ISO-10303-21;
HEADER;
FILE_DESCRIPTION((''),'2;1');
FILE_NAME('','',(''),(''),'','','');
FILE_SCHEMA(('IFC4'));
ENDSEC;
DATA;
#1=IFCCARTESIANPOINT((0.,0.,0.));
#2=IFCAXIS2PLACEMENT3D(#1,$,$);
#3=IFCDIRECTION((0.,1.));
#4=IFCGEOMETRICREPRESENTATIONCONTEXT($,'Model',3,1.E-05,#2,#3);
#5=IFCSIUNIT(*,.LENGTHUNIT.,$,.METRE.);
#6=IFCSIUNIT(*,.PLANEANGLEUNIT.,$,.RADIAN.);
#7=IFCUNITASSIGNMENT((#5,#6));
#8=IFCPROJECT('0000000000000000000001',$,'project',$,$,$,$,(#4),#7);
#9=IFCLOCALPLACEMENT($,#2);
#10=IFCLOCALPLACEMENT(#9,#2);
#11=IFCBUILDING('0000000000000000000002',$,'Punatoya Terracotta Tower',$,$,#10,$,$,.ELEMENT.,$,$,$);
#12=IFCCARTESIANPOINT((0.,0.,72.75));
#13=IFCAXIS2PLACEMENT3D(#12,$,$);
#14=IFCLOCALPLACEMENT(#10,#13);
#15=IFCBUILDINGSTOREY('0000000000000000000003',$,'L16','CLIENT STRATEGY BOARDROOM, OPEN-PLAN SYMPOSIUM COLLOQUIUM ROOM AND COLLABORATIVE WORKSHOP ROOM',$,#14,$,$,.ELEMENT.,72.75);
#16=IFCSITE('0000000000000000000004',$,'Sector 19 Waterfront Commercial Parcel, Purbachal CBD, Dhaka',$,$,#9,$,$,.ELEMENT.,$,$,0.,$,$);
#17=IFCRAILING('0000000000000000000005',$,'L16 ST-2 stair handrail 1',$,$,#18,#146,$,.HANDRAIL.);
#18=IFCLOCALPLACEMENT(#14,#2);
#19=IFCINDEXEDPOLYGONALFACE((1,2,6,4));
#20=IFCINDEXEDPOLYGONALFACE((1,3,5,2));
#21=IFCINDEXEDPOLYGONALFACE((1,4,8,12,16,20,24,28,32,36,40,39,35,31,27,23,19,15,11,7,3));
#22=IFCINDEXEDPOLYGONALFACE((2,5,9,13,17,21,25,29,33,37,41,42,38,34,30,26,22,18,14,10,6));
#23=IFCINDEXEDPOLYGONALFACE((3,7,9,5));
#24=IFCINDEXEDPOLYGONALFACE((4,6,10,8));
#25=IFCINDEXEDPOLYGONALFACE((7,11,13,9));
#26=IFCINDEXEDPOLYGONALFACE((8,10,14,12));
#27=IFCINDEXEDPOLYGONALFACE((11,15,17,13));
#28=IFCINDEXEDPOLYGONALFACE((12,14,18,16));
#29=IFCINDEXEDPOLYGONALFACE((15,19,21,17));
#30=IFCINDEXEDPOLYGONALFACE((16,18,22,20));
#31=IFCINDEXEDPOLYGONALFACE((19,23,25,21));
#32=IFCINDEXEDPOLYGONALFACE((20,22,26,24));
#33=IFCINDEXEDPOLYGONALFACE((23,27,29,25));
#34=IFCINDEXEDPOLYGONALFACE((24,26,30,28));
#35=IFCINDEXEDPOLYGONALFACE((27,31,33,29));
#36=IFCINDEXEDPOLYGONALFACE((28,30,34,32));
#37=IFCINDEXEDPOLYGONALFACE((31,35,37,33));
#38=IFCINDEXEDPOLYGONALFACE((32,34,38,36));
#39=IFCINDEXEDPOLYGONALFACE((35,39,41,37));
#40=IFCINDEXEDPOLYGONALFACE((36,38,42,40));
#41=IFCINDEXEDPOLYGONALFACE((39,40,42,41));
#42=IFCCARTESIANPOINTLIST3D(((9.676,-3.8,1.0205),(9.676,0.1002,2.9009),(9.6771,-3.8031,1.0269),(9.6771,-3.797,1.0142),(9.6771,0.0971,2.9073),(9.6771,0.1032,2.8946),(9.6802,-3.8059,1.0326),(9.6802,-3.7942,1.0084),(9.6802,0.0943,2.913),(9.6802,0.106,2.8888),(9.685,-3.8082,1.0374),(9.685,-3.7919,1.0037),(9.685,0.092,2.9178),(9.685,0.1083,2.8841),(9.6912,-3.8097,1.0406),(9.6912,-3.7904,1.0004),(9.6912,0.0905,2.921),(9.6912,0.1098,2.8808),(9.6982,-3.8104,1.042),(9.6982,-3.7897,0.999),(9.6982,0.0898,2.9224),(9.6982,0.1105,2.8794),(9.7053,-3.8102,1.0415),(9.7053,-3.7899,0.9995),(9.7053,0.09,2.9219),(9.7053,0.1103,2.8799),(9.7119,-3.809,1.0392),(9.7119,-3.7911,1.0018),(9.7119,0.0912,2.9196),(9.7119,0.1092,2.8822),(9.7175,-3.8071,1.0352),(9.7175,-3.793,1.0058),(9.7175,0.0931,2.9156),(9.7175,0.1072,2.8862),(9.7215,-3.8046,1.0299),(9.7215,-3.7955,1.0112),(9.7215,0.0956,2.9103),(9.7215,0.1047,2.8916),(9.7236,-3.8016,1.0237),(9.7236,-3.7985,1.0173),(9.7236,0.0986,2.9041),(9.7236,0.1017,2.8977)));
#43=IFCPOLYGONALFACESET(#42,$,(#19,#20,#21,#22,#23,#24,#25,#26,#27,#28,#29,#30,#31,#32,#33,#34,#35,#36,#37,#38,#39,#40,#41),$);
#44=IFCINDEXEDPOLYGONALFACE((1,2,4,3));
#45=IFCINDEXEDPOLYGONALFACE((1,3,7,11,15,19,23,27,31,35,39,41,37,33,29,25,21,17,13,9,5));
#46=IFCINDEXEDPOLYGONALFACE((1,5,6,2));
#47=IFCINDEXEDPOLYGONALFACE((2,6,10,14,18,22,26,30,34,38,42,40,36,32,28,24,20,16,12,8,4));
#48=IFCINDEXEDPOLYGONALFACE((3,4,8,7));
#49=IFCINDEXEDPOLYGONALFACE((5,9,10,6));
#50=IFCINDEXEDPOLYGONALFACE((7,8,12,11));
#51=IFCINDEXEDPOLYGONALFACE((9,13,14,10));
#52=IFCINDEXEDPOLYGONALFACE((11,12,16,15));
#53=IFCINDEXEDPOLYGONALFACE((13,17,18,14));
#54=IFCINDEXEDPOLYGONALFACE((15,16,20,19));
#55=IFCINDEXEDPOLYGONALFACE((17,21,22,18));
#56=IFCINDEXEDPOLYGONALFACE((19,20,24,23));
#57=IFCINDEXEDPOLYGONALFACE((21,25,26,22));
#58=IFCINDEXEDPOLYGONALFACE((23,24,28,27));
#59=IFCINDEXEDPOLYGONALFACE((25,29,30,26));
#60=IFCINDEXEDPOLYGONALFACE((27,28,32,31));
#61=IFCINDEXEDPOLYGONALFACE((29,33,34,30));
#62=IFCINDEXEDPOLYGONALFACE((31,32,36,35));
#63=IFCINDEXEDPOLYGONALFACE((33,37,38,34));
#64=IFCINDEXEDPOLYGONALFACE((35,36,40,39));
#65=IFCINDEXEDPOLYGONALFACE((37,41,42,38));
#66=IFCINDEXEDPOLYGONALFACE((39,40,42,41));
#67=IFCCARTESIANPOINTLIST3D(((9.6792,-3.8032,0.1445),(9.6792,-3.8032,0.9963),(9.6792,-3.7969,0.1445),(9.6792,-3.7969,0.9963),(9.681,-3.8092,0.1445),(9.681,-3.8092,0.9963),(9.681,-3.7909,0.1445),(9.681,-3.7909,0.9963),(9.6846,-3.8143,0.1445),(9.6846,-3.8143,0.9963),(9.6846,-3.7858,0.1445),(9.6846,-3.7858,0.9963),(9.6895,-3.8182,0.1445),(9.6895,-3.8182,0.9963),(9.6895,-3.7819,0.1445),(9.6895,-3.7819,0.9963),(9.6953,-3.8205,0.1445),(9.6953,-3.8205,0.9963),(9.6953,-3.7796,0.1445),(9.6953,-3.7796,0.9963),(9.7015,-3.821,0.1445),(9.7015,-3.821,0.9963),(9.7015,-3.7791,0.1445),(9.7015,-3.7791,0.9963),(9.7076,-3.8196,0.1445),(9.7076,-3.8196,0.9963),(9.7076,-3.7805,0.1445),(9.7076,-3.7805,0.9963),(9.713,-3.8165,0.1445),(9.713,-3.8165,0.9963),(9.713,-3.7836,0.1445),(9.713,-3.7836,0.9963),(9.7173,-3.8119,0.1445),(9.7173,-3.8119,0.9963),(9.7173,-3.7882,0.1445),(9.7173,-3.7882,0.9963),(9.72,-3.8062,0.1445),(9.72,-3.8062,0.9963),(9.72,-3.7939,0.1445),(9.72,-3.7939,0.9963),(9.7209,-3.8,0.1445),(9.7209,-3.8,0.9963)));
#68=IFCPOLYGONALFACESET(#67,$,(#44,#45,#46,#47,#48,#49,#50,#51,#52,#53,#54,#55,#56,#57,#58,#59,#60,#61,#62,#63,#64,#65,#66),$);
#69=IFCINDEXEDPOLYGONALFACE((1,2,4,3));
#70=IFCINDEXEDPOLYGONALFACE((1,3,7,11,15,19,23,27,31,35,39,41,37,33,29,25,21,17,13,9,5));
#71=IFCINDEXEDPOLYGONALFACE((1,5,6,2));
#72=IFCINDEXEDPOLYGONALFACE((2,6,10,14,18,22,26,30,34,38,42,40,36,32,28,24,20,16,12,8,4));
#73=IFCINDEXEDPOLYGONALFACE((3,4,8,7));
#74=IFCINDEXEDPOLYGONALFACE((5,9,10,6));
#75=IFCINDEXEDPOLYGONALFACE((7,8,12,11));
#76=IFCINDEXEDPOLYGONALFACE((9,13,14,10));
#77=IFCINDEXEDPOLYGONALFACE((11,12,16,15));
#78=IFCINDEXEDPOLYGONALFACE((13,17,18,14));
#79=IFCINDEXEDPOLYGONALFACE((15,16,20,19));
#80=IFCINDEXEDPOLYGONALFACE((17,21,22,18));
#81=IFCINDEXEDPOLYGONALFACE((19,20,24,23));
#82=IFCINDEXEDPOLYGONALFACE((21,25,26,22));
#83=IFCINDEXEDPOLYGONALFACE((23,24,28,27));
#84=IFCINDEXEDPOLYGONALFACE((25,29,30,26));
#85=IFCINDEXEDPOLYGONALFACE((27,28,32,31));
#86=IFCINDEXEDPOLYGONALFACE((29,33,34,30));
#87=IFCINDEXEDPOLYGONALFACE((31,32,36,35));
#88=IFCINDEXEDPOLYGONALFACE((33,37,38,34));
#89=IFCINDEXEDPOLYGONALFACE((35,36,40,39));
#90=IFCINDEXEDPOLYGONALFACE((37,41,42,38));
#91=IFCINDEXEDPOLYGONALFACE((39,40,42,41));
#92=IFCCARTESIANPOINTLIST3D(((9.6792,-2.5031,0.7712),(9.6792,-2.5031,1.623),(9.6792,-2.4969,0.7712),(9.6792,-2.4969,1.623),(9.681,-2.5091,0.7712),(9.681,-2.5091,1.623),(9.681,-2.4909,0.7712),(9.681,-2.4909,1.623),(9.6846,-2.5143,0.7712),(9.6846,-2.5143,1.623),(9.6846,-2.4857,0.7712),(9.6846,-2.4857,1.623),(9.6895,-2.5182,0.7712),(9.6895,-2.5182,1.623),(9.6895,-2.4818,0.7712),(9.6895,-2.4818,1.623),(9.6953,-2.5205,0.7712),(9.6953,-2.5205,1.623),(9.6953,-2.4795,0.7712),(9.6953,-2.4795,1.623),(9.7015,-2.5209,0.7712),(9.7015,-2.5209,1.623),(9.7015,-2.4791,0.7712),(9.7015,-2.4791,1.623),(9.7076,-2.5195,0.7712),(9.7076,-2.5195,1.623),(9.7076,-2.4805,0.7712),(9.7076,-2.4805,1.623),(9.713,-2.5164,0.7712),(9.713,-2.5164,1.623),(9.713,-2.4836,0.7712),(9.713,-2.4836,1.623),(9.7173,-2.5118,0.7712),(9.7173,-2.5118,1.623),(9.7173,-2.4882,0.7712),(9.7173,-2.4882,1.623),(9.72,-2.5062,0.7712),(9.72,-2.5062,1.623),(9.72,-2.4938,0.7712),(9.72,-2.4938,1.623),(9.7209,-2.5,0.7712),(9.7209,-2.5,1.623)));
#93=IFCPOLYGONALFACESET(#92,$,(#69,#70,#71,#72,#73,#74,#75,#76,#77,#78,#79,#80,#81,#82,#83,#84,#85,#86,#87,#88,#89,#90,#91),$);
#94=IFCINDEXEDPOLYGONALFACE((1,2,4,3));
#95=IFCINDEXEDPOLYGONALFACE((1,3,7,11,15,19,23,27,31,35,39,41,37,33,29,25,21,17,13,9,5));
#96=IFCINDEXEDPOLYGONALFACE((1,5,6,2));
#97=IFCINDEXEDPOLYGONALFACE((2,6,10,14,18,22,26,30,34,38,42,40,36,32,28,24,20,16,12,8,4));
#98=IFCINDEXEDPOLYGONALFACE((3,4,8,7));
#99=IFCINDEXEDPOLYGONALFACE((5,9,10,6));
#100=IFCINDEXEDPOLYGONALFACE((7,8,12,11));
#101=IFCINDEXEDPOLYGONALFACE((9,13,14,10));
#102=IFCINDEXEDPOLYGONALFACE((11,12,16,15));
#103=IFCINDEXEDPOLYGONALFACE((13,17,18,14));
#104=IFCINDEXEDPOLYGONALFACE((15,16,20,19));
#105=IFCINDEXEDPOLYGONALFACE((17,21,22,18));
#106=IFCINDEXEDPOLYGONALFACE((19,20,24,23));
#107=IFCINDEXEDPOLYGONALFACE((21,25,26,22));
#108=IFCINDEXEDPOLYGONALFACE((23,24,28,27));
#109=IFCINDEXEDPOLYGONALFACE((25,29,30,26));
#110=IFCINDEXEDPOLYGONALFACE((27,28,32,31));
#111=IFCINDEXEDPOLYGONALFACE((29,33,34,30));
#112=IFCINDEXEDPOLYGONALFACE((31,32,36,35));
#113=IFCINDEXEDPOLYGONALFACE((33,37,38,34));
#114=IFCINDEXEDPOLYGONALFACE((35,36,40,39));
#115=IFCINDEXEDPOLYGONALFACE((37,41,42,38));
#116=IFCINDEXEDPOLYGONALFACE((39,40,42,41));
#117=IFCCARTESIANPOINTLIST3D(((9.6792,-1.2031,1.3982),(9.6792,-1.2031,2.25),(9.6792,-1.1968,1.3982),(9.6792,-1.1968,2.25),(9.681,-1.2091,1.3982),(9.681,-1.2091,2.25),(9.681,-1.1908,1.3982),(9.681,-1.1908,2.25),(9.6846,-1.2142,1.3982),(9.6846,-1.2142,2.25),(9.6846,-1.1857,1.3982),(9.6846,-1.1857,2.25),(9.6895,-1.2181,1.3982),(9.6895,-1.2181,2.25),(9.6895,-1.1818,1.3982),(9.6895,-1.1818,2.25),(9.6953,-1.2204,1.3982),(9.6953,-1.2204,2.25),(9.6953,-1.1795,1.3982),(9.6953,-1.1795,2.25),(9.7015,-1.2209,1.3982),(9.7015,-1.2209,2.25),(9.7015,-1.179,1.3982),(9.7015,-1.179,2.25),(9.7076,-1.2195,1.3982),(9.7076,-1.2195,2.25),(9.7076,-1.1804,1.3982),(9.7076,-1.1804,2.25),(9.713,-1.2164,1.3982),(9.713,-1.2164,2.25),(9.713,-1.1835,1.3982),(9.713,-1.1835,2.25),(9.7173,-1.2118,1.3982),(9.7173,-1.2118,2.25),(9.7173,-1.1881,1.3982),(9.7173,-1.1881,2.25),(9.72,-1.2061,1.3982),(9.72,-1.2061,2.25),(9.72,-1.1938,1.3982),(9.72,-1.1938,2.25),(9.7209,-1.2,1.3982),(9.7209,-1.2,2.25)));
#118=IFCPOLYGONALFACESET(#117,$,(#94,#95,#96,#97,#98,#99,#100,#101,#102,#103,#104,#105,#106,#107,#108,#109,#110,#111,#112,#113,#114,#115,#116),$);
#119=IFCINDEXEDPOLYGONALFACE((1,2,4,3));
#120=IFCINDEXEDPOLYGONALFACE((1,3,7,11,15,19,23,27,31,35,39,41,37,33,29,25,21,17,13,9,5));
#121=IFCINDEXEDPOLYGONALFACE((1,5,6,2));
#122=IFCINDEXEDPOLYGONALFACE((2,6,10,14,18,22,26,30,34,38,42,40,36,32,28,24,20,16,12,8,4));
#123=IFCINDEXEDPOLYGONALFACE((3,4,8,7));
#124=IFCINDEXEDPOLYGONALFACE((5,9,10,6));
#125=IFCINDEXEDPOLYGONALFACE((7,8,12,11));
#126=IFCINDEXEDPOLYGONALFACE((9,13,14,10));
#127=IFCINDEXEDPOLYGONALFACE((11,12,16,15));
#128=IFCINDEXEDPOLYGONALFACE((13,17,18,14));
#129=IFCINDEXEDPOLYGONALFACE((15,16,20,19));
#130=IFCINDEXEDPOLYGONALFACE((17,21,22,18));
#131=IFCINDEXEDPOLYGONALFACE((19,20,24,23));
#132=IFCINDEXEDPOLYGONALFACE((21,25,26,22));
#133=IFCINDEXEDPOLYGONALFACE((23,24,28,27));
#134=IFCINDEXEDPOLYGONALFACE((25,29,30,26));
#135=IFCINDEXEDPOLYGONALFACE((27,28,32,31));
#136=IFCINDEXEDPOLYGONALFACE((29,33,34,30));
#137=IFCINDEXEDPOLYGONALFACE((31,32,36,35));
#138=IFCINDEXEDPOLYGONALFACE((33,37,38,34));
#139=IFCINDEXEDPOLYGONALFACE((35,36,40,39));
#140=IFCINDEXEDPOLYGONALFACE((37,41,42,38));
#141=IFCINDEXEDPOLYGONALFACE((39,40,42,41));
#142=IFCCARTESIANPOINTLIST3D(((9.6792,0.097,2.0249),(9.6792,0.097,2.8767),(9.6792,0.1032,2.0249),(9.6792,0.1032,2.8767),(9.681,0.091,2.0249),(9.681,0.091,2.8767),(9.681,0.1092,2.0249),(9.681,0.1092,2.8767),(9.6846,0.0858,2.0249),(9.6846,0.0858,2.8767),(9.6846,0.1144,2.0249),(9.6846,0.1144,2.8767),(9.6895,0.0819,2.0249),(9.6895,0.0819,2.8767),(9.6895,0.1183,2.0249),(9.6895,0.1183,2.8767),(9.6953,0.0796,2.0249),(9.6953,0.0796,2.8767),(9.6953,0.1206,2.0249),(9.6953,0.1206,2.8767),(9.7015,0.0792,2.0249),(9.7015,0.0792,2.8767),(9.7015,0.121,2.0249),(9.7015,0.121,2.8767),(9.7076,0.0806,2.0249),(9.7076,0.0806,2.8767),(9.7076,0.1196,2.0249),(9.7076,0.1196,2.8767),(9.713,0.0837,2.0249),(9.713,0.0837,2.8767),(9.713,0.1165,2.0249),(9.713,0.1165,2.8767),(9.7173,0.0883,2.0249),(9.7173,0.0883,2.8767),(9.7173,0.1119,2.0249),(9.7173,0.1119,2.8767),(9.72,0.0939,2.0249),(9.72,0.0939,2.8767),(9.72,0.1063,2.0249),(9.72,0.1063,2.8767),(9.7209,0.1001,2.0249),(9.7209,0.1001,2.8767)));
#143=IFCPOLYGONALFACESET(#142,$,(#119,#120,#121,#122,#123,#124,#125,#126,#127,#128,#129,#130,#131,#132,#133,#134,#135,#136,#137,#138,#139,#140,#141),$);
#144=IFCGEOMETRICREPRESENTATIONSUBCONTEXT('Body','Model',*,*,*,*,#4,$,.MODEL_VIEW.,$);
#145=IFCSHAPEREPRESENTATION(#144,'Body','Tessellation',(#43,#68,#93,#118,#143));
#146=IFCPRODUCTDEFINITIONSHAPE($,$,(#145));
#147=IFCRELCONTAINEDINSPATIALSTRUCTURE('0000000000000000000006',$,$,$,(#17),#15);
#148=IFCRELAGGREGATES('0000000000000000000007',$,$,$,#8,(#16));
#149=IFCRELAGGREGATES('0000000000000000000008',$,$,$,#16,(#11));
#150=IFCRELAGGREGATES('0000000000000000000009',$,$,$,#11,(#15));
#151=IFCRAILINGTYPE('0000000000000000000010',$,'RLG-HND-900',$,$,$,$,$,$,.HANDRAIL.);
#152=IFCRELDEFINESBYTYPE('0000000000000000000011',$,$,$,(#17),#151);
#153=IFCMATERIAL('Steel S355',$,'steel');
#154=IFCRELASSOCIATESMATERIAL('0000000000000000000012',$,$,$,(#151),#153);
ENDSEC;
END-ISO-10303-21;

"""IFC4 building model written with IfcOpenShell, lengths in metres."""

from ifc_helpers import new_model, si_unit, direction, frame, origin, origin_2d, place, context, subcontext, project, spatial, circle, extrude, material, type_object, element, save


model = new_model("IFC4")

# Units and contexts
model_context = context("Model", 3, precision=1e-05, world=origin(), true_north=direction((0.0, 1.0)))
body_context = subcontext(model_context, "Body", "Model", "MODEL_VIEW")
ifc_project = project(units=[si_unit("LENGTHUNIT", "METRE"), si_unit("PLANEANGLEUNIT", "RADIAN")], contexts=[model_context])

# Site, building, storey
site_placement = place(None, origin())
site = spatial("IfcSite", under=ifc_project, at=site_placement, Name="Sector 19 Waterfront Commercial Parcel, Purbachal CBD, Dhaka", CompositionType="ELEMENT", RefElevation=0.0)
building_placement = place(site_placement, origin())
building = spatial("IfcBuilding", under=site, at=building_placement, Name="Punatoya Terracotta Tower", CompositionType="ELEMENT")
storey_placement = place(building_placement, frame((0.0, 0.0, 72.75)))
storey = spatial("IfcBuildingStorey", under=building, at=storey_placement, Name="L16", Description="CLIENT STRATEGY BOARDROOM, OPEN-PLAN SYMPOSIUM COLLOQUIUM ROOM AND COLLABORATIVE WORKSHOP ROOM", CompositionType="ELEMENT", Elevation=72.75)

# Shared definitions
ifc_material_1 = material(Name="Steel S355", Category="steel")

# Railing
railing_type_1 = type_object("IfcRailingType", Name="RLG-HND-900", PredefinedType="HANDRAIL", material=ifc_material_1)
railing_1_placement = place(storey_placement, frame((9.7, -3.8, 0.1445)))
element("IfcRailing", 1, at=railing_1_placement, inside=storey, type_object=railing_type_1, Name="L16 ST-2 stair handrail 1", PredefinedType="HANDRAIL", context=body_context, shape_type="SweptSolid", body=[
    extrude(circle(Radius=0.0239, at=origin_2d()), frame((0.0, 0.0, 0.876), z_axis=(0.0, 0.900774, 0.434289), x_axis=(-1.0, 0.0, 0.0)), (0.0, 0.0, 1.0), 4.3298),
    extrude(circle(Radius=0.021, at=origin_2d()), origin(), (0.0, 0.0, 1.0), 0.8518),
    extrude(circle(Radius=0.021, at=origin_2d()), frame((0.0, 1.3, 0.6267)), (0.0, 0.0, 1.0), 0.8518),
    extrude(circle(Radius=0.021, at=origin_2d()), frame((0.0, 2.6001, 1.2537)), (0.0, 0.0, 1.0), 0.8518),
    extrude(circle(Radius=0.021, at=origin_2d()), frame((0.0, 3.9001, 1.8804)), (0.0, 0.0, 1.0), 0.8518),
])

save(model, "model.ifc")
